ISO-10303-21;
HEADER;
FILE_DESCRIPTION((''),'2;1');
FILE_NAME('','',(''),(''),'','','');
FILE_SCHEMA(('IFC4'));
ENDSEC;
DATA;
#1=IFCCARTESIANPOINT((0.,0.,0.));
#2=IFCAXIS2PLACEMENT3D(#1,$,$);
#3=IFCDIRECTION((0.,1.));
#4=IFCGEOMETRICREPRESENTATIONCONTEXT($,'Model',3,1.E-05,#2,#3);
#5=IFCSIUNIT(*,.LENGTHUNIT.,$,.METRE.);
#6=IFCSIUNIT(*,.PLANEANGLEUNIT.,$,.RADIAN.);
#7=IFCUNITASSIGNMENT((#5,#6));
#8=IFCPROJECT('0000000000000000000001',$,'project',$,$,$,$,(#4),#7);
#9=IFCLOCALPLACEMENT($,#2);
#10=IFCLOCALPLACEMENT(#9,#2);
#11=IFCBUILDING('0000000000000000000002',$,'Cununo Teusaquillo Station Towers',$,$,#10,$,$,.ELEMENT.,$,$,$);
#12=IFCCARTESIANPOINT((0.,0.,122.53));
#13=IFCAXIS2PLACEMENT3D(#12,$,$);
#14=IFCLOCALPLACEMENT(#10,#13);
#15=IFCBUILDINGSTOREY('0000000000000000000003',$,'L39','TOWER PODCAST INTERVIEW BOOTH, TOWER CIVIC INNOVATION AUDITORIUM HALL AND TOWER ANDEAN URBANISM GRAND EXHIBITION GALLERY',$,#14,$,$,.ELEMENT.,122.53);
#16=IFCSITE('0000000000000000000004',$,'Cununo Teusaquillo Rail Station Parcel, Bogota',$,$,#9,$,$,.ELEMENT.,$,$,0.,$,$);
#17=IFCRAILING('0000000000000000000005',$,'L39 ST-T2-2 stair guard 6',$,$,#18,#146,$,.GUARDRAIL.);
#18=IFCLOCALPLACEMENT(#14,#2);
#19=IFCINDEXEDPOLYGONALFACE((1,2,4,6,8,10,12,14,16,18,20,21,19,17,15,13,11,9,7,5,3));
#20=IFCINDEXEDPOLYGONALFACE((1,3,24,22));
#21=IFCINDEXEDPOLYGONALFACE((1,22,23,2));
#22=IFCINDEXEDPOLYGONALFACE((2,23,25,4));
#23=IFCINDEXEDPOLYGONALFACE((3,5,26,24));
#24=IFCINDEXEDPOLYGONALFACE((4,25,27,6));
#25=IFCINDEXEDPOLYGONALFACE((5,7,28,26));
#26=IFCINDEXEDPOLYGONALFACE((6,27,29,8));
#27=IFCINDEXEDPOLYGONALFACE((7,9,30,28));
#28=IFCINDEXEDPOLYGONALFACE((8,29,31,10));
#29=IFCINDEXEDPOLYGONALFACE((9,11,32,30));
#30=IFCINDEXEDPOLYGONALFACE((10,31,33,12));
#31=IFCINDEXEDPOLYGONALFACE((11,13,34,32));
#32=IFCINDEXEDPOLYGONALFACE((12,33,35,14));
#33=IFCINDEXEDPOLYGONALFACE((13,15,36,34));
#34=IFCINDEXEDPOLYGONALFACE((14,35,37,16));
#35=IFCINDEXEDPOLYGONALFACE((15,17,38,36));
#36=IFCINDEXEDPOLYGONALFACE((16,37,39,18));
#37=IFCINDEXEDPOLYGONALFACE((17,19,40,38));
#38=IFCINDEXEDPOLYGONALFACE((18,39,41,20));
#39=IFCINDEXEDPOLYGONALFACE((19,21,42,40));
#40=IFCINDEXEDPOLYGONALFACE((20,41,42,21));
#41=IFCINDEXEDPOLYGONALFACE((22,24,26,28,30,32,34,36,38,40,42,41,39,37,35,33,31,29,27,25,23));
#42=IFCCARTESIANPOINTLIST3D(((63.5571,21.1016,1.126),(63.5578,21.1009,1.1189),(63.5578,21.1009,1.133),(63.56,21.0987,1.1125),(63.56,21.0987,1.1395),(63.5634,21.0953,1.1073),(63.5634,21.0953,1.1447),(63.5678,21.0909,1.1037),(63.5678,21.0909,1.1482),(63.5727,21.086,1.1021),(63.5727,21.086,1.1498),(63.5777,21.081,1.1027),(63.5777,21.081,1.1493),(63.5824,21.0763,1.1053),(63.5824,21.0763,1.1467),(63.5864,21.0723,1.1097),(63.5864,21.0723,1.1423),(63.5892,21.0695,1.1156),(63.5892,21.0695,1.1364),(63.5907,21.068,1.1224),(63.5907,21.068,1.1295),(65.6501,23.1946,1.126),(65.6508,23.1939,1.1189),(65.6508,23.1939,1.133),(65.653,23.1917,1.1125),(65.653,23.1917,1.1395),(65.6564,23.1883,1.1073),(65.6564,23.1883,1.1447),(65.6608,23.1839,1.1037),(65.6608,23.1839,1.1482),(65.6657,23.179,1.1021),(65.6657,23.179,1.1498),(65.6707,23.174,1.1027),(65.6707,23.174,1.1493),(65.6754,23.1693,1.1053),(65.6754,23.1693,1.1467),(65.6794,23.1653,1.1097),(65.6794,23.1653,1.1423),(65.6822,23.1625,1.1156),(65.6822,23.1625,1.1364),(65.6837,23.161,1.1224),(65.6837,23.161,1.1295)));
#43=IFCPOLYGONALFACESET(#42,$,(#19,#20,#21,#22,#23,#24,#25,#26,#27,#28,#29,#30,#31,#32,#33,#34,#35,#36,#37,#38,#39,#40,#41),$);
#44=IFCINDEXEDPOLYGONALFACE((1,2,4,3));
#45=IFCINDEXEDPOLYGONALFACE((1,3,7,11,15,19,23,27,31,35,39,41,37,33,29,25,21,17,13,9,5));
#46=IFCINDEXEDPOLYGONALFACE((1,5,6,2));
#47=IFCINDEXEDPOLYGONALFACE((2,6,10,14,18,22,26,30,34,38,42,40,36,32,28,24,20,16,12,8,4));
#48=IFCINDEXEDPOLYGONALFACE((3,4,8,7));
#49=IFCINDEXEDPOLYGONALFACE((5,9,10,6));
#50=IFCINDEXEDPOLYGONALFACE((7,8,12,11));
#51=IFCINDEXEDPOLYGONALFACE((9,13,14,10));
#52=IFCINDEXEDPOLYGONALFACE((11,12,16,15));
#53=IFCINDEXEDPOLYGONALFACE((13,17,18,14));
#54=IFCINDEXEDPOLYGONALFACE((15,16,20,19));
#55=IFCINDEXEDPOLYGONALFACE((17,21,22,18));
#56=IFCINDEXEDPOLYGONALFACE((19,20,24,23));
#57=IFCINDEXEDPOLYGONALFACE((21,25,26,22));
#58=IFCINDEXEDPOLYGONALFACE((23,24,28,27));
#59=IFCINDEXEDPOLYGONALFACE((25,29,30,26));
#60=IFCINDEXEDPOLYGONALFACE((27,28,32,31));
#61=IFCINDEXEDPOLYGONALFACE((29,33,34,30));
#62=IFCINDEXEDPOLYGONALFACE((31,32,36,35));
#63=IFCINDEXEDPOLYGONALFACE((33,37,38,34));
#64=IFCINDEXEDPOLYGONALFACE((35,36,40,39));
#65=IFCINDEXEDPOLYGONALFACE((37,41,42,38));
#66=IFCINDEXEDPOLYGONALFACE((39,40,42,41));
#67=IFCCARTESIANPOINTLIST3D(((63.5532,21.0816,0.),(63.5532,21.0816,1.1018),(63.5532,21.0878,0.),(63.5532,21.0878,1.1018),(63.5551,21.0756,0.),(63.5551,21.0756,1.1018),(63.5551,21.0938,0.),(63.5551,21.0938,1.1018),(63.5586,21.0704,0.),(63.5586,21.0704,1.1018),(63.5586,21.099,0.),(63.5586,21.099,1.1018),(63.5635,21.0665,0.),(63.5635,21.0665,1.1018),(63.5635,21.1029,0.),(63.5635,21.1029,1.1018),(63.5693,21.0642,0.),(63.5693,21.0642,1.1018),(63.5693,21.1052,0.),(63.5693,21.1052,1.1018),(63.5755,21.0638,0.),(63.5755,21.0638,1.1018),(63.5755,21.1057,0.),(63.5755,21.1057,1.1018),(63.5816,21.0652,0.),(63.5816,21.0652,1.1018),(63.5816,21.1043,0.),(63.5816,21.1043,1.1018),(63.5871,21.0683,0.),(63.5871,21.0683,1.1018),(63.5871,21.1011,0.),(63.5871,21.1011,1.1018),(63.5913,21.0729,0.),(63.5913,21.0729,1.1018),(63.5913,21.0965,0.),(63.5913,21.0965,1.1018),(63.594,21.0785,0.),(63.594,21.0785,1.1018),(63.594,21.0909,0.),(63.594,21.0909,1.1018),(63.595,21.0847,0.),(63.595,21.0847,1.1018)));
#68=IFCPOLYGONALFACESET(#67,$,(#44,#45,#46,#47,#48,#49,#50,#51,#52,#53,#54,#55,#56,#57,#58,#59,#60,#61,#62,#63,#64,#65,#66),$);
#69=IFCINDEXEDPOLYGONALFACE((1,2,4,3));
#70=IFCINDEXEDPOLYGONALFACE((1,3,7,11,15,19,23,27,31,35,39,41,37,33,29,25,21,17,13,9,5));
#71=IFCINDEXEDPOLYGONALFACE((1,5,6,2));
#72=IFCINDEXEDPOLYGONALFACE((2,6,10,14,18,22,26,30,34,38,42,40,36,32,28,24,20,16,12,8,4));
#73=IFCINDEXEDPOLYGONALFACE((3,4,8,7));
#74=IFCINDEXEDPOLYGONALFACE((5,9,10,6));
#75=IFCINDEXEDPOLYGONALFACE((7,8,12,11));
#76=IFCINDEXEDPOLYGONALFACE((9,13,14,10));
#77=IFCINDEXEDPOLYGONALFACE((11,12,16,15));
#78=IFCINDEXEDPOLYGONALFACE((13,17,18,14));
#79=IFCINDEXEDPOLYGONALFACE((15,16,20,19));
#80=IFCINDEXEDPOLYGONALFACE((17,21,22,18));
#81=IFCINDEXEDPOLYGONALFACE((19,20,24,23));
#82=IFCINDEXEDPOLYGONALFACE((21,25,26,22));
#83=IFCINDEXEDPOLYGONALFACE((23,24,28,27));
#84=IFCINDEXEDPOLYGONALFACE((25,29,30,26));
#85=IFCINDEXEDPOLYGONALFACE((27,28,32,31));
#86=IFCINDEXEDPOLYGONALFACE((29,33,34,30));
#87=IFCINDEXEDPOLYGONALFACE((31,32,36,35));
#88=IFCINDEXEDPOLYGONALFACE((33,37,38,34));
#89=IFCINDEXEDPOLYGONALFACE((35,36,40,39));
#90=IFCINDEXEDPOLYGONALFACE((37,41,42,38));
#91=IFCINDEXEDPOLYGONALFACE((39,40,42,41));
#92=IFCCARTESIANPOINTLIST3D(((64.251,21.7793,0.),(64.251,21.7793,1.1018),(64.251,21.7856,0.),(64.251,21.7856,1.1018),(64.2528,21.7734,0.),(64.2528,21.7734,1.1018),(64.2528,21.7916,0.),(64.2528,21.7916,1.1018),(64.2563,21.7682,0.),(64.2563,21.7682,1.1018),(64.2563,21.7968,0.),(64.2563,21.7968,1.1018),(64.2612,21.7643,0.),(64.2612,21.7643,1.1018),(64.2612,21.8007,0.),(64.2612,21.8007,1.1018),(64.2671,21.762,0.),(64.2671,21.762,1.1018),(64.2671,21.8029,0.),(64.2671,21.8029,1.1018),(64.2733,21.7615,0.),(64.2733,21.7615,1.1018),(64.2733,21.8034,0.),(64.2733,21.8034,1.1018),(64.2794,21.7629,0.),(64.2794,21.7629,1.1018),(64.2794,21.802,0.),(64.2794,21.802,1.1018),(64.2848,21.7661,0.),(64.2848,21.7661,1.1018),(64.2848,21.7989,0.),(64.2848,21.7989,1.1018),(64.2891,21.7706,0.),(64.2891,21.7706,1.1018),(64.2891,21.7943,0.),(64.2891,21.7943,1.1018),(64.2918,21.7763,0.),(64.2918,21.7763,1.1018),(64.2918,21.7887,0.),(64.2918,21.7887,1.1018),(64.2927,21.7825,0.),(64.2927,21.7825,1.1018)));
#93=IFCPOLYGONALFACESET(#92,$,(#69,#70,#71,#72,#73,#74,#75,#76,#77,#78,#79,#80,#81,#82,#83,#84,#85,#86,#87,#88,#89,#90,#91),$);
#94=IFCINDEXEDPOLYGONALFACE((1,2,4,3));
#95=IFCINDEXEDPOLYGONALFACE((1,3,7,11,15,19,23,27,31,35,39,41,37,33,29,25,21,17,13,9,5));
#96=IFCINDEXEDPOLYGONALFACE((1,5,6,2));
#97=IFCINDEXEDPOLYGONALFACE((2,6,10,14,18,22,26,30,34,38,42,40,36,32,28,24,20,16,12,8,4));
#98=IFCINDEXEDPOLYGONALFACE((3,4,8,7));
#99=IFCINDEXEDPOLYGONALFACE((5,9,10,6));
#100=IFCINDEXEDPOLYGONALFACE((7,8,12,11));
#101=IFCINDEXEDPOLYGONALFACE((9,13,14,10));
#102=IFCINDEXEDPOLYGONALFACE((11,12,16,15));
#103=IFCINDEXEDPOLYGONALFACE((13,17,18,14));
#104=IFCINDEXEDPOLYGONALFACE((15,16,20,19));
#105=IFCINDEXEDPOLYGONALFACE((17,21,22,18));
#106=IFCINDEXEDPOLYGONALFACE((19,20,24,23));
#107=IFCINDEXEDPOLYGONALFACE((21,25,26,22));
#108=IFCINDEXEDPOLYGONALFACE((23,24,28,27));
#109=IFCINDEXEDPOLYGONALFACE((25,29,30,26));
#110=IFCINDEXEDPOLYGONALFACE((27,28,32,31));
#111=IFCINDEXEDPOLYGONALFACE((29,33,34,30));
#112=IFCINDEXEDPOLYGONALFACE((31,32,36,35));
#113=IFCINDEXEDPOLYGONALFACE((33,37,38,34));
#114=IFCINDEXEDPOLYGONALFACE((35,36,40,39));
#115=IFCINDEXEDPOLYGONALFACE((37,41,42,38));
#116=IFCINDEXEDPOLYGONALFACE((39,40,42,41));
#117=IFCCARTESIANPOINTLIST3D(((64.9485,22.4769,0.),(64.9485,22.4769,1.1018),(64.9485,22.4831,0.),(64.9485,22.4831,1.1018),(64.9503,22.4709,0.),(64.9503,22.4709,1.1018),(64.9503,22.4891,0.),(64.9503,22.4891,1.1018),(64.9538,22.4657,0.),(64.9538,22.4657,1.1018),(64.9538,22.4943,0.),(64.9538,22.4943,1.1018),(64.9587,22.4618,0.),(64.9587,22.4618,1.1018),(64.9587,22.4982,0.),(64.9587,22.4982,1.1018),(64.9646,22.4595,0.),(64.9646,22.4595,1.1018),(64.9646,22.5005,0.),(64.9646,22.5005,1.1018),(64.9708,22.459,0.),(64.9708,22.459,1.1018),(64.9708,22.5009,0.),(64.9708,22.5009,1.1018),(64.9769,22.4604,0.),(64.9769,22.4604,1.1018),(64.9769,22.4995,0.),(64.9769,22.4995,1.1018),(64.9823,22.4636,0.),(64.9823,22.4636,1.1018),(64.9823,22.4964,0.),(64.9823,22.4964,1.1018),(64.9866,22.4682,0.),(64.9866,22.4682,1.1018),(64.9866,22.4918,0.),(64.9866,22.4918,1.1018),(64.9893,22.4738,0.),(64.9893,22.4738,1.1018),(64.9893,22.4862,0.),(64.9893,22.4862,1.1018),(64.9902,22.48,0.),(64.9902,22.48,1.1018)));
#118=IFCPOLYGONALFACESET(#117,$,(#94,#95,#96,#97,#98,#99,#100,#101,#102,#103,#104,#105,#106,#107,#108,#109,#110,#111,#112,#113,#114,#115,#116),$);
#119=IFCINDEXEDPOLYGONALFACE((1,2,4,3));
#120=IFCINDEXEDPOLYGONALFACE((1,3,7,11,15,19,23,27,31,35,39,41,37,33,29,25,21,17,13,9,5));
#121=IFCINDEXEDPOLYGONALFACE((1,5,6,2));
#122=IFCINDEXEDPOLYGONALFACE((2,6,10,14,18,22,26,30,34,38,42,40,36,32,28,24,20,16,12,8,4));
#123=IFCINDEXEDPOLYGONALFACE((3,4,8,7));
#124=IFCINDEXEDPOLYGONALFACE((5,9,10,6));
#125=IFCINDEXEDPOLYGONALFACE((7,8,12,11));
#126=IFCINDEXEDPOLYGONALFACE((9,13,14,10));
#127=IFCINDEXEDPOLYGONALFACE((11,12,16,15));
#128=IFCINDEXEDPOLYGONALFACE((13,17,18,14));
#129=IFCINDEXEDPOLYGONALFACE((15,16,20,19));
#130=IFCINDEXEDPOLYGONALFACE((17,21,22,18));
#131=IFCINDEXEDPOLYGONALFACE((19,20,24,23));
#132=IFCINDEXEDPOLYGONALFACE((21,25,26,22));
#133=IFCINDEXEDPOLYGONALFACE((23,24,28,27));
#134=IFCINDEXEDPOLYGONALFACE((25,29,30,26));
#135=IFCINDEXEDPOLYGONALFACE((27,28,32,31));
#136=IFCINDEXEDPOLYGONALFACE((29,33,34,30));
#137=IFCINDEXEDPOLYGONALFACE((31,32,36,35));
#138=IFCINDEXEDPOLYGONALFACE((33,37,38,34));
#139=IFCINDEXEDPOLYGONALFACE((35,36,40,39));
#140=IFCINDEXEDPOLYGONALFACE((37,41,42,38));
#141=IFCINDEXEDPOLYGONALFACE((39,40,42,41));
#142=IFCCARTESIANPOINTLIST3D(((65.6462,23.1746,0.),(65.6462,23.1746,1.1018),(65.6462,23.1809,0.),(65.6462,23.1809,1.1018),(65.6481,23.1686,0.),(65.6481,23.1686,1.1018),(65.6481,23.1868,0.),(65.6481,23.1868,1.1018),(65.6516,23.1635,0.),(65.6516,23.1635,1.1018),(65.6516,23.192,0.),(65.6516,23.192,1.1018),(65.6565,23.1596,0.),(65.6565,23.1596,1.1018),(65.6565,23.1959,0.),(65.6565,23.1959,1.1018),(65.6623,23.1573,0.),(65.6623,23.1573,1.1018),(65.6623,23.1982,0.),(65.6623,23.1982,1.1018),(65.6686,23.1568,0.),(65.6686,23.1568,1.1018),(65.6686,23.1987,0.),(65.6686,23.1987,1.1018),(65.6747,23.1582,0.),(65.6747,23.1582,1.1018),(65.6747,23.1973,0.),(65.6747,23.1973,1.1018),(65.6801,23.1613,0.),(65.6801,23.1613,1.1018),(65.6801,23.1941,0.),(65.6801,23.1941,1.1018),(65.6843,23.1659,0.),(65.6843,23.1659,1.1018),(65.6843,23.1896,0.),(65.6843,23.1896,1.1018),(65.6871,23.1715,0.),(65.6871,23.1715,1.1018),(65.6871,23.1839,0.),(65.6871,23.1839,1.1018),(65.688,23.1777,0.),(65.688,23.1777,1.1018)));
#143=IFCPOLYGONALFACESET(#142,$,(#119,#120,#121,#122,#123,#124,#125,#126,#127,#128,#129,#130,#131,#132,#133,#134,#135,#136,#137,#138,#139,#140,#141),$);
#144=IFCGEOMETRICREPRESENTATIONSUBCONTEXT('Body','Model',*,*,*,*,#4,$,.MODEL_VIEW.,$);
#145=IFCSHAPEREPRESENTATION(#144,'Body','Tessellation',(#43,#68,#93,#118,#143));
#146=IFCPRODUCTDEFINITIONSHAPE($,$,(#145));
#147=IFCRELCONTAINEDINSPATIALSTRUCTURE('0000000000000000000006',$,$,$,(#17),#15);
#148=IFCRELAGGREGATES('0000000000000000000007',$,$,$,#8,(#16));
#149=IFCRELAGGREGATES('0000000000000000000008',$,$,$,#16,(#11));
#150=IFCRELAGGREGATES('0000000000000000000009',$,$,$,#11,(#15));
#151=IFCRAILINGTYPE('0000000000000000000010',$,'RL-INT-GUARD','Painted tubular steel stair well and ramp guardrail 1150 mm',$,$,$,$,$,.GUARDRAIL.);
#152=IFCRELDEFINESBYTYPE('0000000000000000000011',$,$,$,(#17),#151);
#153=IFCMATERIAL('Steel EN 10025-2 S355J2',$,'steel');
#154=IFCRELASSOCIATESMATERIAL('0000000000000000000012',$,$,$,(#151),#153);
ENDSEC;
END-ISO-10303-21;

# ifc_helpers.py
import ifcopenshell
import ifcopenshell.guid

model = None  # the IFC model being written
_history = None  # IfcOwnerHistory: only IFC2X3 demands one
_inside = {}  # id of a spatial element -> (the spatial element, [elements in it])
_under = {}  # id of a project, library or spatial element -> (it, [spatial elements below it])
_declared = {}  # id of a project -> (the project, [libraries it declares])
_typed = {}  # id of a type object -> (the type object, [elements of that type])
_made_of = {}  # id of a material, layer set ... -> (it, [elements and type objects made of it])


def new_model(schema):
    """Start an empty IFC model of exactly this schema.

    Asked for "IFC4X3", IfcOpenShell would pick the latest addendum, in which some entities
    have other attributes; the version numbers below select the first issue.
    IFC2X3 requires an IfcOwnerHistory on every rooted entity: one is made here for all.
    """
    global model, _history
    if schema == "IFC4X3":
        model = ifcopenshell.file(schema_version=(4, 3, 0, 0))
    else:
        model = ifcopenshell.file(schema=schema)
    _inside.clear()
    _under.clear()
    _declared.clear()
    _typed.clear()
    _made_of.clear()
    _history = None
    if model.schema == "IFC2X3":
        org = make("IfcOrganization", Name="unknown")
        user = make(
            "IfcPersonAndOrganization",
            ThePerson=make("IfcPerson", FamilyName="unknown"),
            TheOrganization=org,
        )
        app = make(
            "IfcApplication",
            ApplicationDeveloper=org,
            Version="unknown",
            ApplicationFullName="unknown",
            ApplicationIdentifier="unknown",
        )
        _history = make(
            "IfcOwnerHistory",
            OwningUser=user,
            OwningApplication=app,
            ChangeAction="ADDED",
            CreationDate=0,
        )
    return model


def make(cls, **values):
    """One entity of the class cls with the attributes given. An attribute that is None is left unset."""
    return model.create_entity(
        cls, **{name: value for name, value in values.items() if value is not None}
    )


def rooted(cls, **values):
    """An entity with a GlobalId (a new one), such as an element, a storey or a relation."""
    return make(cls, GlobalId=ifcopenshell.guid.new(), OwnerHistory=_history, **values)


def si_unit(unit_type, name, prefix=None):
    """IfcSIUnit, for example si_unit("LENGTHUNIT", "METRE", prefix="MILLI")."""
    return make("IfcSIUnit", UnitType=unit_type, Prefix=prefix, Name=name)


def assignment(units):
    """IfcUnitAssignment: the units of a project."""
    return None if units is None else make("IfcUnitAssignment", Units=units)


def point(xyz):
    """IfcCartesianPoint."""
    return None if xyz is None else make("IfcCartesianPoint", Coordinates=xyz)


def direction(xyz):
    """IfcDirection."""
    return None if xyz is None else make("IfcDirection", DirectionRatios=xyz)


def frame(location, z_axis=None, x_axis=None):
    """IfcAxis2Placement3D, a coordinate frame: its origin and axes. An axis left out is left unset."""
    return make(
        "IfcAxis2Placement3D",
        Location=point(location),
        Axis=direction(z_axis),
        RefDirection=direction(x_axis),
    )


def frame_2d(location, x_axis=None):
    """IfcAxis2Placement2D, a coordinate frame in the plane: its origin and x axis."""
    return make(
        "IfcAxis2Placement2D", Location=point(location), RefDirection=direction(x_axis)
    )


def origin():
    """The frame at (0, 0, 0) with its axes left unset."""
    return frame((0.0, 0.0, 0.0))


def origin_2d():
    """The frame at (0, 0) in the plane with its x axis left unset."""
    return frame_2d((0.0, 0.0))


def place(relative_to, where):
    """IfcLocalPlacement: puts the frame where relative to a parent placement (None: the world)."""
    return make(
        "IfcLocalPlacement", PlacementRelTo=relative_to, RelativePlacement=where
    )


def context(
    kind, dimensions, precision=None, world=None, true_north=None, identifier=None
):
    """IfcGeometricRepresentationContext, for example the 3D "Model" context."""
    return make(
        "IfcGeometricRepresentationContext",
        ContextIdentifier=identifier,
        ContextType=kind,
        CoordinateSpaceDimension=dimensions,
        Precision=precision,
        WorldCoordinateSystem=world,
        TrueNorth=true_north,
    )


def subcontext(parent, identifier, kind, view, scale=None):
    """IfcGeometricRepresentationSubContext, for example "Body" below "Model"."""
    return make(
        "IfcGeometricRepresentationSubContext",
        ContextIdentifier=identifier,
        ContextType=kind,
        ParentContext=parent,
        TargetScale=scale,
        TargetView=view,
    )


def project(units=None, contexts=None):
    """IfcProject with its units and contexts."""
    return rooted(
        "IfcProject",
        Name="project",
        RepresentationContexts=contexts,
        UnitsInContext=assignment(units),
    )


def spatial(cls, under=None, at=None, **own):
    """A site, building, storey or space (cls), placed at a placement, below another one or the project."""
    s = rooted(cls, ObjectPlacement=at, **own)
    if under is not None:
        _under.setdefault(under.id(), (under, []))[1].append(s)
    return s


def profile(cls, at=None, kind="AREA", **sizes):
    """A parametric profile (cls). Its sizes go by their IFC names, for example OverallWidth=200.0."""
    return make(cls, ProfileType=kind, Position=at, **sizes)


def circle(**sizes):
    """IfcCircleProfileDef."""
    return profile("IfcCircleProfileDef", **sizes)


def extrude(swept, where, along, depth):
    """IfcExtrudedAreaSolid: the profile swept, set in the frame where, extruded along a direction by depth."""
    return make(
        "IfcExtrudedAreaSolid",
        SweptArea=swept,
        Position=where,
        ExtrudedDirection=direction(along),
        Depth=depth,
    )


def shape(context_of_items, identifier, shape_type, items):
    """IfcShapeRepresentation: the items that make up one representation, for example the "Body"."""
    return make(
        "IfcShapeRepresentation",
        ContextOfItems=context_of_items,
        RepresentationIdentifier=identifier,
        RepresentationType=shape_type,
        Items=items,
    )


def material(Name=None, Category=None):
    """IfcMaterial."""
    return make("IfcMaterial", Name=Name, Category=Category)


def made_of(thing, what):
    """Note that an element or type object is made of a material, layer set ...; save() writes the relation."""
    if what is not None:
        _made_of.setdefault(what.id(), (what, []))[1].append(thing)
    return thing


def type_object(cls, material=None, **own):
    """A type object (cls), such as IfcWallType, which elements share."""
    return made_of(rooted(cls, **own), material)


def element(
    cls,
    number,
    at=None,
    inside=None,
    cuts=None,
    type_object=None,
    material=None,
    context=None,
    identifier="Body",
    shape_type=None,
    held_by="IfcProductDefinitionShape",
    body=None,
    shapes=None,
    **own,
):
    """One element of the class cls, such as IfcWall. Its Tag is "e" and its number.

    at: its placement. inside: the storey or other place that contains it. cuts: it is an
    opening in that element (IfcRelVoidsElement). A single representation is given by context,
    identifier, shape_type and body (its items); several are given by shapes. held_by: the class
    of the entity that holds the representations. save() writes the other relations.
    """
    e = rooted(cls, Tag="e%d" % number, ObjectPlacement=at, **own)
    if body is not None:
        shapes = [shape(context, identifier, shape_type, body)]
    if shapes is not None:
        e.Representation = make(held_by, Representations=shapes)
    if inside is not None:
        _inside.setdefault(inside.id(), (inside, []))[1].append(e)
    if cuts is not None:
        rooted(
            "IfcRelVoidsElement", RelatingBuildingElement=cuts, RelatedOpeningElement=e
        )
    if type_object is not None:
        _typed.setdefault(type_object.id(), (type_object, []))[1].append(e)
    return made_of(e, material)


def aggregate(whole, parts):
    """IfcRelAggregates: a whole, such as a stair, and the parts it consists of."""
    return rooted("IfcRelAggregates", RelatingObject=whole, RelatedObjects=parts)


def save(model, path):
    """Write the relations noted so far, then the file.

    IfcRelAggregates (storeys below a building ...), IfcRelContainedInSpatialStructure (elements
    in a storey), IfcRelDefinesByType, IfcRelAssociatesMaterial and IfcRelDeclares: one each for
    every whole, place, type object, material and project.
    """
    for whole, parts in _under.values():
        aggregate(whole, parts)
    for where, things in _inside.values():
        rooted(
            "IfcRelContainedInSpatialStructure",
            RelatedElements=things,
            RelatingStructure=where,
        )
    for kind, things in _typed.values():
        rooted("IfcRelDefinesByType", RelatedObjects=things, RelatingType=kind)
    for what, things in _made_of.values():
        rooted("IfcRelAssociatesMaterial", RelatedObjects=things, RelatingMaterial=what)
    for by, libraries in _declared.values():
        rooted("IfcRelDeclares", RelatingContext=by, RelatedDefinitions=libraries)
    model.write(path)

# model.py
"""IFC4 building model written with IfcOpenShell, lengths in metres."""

from ifc_helpers import new_model, si_unit, direction, frame, origin, origin_2d, place, context, subcontext, project, spatial, circle, extrude, material, type_object, element, save


model = new_model("IFC4")

# Units and contexts
model_context = context("Model", 3, precision=1e-05, world=origin(), true_north=direction((0.0, 1.0)))
body_context = subcontext(model_context, "Body", "Model", "MODEL_VIEW")
ifc_project = project(units=[si_unit("LENGTHUNIT", "METRE"), si_unit("PLANEANGLEUNIT", "RADIAN")], contexts=[model_context])

# Site, building, storey
site_placement = place(None, origin())
site = spatial("IfcSite", under=ifc_project, at=site_placement, Name="Cununo Teusaquillo Rail Station Parcel, Bogota", CompositionType="ELEMENT", RefElevation=0.0)
building_placement = place(site_placement, origin())
building = spatial("IfcBuilding", under=site, at=building_placement, Name="Cununo Teusaquillo Station Towers", CompositionType="ELEMENT")
storey_placement = place(building_placement, frame((0.0, 0.0, 122.53)))
storey = spatial("IfcBuildingStorey", under=building, at=storey_placement, Name="L39", Description="TOWER PODCAST INTERVIEW BOOTH, TOWER CIVIC INNOVATION AUDITORIUM HALL AND TOWER ANDEAN URBANISM GRAND EXHIBITION GALLERY", CompositionType="ELEMENT", Elevation=122.53)

# Railing
ifc_material_1 = material(Name="Steel EN 10025-2 S355J2", Category="steel")
railing_type = type_object("IfcRailingType", Name="RL-INT-GUARD", Description="Painted tubular steel stair well and ramp guardrail 1150 mm", PredefinedType="GUARDRAIL", material=ifc_material_1)
railing_1_placement = place(storey_placement, frame((63.574, 21.0847, 0.0)))
element("IfcRailing", 1, at=railing_1_placement, inside=storey, type_object=railing_type, Name="L39 ST-T2-2 stair guard 6", PredefinedType="GUARDRAIL", context=body_context, shape_type="SweptSolid", body=[
    extrude(circle(Radius=0.0239, at=origin_2d()), frame((0.0, 0.0, 1.126), z_axis=(0.707107, 0.707107, 0.0), x_axis=(-0.707107, 0.707107, 0.0)), (0.0, 0.0, 1.0), 2.96),
    extrude(circle(Radius=0.021, at=origin_2d()), origin(), (0.0, 0.0, 1.0), 1.1018),
    extrude(circle(Radius=0.021, at=origin_2d()), frame((0.6978, 0.6978, 0.0)), (0.0, 0.0, 1.0), 1.1018),
    extrude(circle(Radius=0.021, at=origin_2d()), frame((1.3953, 1.3953, 0.0)), (0.0, 0.0, 1.0), 1.1018),
    extrude(circle(Radius=0.021, at=origin_2d()), frame((2.093, 2.093, 0.0)), (0.0, 0.0, 1.0), 1.1018),
])

save(model, "model.ifc")
